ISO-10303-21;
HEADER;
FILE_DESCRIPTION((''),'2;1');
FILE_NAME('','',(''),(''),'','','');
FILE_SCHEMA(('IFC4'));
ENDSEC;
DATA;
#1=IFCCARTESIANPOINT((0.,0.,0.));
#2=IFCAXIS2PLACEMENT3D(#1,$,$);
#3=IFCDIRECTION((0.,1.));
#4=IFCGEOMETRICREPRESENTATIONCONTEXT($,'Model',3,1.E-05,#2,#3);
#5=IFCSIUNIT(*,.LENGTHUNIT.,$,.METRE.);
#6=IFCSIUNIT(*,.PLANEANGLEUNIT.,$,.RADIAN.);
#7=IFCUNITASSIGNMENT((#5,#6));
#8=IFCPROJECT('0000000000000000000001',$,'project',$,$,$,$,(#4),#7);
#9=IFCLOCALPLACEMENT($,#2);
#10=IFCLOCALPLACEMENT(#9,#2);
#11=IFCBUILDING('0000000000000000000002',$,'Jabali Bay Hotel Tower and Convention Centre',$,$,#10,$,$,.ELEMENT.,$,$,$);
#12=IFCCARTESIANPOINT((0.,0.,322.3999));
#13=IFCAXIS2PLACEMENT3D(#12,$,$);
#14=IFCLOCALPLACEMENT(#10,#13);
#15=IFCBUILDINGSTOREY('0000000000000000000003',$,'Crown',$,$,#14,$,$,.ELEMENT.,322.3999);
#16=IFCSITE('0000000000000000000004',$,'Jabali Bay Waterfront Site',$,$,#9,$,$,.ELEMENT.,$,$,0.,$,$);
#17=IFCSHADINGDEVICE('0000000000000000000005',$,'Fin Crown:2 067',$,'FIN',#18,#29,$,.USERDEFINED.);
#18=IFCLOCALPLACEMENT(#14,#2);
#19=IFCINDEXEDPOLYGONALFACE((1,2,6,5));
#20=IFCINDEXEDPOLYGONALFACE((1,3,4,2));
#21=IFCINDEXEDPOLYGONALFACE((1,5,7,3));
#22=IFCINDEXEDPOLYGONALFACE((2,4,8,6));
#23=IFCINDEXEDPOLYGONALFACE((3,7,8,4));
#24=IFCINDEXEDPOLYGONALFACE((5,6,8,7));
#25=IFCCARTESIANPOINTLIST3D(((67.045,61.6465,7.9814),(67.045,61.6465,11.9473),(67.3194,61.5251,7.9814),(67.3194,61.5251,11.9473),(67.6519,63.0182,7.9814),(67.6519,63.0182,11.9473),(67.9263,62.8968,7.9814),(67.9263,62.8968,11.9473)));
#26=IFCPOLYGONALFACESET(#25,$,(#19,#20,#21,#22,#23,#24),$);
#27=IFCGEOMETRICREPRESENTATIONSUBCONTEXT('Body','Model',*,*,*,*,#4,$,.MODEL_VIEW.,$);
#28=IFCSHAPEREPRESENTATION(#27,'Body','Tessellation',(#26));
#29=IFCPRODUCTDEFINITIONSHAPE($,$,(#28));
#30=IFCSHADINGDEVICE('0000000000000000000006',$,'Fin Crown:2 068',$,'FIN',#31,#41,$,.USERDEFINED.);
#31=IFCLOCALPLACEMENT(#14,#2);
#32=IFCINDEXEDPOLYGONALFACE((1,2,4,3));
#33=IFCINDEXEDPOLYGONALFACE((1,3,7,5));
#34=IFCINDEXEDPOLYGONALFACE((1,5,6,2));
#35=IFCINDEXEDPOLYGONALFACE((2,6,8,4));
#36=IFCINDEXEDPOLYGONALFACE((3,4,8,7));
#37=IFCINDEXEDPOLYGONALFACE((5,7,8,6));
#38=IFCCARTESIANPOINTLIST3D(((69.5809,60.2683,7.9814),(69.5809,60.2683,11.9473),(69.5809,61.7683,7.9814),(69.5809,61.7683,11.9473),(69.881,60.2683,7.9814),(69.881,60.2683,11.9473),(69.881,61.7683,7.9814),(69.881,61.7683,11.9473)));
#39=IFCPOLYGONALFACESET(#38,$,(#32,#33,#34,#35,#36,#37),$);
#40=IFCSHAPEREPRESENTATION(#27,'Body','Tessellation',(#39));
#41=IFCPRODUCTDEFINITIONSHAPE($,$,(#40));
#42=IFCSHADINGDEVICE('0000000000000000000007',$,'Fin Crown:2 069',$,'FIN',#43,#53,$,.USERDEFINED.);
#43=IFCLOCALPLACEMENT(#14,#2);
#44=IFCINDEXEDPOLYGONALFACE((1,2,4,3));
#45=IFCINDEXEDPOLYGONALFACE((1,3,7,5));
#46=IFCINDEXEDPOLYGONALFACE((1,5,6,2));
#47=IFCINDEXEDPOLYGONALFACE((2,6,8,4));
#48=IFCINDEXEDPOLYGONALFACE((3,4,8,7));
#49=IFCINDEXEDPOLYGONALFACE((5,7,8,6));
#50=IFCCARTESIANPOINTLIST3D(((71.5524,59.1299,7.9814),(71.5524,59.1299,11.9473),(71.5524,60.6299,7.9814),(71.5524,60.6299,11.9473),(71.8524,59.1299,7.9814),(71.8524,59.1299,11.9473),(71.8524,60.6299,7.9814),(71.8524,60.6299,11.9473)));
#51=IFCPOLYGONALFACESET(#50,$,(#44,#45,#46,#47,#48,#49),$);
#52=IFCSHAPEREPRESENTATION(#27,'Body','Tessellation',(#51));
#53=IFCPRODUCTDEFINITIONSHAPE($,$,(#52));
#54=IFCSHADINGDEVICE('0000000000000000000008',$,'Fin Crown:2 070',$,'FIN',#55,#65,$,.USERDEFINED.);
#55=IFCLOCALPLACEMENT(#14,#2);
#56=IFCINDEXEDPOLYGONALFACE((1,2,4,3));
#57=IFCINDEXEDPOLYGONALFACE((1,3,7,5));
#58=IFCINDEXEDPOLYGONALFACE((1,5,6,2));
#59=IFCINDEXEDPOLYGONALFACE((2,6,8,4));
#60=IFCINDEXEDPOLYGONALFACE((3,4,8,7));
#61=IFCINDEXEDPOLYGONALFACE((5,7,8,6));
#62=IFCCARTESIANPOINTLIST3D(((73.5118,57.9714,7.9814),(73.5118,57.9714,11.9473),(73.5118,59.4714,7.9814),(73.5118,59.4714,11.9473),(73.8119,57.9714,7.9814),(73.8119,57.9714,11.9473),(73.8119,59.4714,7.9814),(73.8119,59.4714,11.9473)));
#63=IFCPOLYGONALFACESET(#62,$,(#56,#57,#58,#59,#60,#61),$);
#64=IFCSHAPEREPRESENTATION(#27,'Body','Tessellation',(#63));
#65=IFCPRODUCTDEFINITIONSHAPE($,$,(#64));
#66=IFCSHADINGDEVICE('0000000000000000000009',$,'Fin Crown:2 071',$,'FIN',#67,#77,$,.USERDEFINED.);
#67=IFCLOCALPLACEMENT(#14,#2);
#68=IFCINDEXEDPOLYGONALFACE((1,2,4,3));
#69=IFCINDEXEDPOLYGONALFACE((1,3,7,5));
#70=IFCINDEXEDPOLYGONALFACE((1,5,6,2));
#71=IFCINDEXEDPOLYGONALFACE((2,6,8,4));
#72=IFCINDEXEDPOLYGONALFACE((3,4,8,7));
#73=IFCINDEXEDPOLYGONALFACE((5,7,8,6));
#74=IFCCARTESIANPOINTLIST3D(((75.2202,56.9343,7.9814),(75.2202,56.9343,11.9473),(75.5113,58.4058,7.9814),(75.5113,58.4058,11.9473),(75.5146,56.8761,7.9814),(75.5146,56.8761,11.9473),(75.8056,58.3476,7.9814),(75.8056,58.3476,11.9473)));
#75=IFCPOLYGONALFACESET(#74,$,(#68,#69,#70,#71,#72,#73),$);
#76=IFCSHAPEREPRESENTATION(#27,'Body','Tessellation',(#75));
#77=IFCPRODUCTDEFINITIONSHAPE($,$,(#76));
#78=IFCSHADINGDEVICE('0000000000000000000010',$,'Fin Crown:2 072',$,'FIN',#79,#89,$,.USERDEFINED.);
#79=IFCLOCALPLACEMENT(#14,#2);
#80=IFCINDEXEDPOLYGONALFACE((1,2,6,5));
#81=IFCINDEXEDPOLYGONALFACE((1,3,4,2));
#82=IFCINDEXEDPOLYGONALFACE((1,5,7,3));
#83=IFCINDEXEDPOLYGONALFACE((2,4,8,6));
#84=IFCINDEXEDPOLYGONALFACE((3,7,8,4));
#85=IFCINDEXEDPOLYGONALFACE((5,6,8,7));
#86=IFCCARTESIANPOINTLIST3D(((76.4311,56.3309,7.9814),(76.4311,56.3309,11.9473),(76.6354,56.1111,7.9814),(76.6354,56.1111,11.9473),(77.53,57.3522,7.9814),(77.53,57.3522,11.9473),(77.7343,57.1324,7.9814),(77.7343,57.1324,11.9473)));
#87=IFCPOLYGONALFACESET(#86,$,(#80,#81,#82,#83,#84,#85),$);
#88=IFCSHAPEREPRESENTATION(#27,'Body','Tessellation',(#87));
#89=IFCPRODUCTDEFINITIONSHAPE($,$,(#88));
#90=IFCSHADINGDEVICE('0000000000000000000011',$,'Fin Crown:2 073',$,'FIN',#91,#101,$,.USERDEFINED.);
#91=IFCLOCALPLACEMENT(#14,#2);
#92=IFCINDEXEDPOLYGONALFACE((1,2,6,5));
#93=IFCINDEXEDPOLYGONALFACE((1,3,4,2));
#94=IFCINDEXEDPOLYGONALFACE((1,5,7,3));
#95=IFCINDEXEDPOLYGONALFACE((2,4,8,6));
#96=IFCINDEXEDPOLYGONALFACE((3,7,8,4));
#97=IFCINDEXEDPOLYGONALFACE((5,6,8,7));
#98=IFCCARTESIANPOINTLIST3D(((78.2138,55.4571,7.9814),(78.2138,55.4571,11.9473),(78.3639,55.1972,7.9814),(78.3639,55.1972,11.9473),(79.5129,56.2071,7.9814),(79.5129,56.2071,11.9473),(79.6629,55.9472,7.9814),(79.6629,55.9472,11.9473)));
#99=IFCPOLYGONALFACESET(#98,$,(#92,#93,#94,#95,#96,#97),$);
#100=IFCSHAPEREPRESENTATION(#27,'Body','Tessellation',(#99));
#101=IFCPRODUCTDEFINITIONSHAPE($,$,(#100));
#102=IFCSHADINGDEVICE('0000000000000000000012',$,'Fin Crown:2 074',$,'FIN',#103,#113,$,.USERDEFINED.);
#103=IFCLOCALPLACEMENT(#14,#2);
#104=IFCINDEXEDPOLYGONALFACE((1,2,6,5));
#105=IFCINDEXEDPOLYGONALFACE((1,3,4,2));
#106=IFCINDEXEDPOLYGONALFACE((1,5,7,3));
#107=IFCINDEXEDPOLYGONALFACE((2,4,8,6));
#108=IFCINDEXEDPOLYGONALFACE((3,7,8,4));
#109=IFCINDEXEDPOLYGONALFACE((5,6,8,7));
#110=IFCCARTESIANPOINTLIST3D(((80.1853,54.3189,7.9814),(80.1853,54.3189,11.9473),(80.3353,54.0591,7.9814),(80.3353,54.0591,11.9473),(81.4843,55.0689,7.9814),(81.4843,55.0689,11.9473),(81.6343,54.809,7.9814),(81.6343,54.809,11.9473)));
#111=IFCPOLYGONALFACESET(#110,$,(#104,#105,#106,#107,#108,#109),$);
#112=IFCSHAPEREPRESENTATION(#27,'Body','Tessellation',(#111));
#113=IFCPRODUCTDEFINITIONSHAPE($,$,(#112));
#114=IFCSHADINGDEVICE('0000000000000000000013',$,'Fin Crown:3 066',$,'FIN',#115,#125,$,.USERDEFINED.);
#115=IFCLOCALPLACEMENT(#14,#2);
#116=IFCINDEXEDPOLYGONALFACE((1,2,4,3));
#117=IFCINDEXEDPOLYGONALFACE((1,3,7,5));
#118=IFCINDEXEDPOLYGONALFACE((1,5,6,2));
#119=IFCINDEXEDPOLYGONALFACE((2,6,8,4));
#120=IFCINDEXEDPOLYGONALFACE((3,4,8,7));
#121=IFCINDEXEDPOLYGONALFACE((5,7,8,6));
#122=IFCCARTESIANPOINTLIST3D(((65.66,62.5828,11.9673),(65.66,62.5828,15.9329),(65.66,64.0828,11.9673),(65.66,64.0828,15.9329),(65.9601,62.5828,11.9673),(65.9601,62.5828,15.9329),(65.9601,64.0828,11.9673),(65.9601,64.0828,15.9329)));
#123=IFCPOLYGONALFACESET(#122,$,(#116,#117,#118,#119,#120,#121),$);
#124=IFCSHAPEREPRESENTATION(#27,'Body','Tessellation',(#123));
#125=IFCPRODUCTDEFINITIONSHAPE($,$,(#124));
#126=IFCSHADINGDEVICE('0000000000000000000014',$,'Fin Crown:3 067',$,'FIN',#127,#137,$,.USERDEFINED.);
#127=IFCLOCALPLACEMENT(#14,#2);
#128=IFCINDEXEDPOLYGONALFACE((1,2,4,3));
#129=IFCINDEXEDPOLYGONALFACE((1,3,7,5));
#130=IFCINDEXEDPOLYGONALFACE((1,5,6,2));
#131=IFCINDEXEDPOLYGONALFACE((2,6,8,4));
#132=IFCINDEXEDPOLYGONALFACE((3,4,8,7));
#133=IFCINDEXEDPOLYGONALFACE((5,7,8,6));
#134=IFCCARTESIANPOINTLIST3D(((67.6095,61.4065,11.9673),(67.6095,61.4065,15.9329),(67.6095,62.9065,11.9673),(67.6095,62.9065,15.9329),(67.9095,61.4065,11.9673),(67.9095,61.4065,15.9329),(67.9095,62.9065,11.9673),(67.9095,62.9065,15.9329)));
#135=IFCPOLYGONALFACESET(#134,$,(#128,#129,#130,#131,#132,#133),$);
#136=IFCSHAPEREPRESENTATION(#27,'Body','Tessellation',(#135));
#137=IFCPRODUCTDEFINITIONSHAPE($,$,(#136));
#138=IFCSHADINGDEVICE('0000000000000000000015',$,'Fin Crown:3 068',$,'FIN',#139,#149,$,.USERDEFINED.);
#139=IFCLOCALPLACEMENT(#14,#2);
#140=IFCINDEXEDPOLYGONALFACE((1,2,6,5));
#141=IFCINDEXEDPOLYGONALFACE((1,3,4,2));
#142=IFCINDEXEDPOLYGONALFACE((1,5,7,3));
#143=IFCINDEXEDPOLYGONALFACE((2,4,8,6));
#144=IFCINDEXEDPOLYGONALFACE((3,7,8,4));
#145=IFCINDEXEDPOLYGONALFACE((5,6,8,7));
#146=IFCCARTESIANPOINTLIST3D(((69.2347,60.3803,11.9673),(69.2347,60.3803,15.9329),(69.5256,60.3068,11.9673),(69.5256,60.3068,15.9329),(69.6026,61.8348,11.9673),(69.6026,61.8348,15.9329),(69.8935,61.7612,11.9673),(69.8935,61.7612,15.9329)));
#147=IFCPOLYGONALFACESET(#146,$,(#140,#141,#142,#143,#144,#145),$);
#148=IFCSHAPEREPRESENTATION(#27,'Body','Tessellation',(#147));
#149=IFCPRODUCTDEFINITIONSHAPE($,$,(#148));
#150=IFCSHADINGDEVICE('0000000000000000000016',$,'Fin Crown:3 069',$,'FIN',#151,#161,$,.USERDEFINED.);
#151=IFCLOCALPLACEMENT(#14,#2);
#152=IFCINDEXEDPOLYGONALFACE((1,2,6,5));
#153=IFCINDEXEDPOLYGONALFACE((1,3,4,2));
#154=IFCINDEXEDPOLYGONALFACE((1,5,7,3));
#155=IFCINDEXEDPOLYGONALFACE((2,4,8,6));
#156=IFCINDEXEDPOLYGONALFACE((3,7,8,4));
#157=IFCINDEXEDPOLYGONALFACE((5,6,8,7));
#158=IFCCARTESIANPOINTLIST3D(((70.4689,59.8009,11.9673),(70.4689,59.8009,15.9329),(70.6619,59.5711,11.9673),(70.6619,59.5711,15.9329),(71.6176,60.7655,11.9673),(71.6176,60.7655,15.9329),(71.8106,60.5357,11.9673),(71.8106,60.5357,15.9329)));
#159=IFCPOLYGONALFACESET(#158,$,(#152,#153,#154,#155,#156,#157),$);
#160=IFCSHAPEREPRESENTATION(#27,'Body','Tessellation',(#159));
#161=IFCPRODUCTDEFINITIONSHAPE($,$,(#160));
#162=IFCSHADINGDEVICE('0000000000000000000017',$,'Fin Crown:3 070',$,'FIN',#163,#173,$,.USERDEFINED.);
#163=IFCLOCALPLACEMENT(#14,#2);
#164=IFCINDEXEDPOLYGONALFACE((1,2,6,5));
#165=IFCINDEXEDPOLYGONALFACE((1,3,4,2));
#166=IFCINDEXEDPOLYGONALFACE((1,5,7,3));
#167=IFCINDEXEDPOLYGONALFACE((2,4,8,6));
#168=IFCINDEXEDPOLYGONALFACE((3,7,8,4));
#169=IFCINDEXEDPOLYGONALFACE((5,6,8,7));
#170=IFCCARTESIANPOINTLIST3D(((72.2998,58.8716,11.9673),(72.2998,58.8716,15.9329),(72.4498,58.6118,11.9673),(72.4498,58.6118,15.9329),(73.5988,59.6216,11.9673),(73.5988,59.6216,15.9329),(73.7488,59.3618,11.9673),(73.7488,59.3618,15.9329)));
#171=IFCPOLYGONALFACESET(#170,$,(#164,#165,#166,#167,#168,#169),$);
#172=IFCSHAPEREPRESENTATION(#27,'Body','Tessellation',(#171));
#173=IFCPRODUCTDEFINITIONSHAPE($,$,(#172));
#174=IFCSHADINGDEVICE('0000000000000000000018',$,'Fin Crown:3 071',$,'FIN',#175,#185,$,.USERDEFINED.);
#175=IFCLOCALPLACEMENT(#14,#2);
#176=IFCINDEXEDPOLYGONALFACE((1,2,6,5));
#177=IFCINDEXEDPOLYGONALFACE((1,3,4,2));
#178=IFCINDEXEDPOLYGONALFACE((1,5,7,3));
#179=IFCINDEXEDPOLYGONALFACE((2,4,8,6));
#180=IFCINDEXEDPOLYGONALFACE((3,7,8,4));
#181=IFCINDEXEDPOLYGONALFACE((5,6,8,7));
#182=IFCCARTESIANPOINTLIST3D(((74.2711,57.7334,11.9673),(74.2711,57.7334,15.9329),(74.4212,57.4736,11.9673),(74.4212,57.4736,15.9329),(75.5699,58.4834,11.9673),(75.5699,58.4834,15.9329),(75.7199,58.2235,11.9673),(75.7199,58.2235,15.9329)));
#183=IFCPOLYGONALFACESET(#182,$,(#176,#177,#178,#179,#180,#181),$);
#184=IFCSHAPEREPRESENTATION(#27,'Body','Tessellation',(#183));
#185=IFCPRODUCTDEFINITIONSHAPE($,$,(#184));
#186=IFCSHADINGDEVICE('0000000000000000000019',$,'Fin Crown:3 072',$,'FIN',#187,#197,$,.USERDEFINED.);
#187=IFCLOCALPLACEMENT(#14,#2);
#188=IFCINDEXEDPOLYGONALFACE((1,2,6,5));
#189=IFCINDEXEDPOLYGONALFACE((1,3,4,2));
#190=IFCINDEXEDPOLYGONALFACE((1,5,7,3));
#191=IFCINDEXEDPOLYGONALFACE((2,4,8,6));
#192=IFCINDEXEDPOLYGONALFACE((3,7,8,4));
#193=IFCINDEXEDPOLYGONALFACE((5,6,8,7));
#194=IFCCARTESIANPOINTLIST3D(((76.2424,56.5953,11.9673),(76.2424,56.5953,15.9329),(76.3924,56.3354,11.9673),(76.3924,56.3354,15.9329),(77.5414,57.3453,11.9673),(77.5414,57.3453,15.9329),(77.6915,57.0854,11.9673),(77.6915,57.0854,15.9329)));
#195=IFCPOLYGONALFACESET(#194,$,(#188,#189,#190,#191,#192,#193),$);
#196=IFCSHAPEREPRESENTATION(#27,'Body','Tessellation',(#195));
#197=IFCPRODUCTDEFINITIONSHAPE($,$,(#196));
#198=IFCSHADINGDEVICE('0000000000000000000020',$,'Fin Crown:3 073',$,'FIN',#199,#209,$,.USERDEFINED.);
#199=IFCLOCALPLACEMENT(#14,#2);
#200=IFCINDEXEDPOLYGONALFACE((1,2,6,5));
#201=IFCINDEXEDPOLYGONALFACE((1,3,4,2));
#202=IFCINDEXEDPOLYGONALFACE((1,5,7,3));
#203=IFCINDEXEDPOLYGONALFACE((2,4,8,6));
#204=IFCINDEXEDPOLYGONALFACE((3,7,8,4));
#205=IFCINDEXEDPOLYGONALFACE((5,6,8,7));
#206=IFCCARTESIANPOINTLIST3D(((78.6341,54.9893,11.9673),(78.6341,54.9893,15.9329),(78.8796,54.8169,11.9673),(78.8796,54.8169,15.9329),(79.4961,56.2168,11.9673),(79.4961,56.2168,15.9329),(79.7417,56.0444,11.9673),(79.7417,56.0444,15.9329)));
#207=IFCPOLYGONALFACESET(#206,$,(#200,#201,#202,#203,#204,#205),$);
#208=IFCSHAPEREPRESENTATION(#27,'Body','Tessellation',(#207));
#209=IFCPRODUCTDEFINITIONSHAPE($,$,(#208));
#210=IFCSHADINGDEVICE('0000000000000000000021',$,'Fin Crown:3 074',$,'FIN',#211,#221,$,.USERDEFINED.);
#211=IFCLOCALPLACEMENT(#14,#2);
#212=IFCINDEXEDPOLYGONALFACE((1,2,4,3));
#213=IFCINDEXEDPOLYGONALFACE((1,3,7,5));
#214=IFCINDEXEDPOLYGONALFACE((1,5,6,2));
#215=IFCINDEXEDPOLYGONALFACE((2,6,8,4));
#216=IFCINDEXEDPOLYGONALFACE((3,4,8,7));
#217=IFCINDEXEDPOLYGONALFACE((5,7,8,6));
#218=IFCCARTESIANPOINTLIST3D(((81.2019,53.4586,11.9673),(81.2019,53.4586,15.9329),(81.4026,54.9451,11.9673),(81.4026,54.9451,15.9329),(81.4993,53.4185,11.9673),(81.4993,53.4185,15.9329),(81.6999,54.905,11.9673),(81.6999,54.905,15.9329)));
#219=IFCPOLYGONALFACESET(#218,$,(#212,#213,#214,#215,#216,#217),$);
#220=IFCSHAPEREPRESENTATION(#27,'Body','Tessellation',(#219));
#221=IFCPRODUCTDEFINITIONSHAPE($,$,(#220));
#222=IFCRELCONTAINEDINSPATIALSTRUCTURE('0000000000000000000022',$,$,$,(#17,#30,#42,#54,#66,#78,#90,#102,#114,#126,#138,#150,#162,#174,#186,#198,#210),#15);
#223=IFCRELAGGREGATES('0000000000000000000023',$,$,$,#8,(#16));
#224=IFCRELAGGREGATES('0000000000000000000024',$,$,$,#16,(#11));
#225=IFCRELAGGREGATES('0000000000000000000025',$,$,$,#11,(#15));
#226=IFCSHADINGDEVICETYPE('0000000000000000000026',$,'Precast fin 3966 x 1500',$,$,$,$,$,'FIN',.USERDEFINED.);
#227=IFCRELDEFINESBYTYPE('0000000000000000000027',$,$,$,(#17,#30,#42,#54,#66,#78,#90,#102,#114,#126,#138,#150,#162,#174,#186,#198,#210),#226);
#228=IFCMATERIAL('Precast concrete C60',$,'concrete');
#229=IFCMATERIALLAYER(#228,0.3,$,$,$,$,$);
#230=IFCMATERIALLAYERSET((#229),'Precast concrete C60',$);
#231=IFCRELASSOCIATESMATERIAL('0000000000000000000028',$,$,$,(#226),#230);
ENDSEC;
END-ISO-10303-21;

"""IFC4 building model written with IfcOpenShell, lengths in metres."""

from ifc_helpers import new_model, si_unit, direction, frame, frame_2d, origin, place, context, subcontext, project, spatial, rectangle, extrude, material, layer, layer_set, type_object, element, save


model = new_model("IFC4")

# Units and contexts
model_context = context("Model", 3, precision=1e-05, world=origin(), true_north=direction((0.0, 1.0)))
body_context = subcontext(model_context, "Body", "Model", "MODEL_VIEW")
ifc_project = project(units=[si_unit("LENGTHUNIT", "METRE"), si_unit("PLANEANGLEUNIT", "RADIAN")], contexts=[model_context])

# Site, building, storey
site_placement = place(None, origin())
site = spatial("IfcSite", under=ifc_project, at=site_placement, Name="Jabali Bay Waterfront Site", CompositionType="ELEMENT", RefElevation=0.0)
building_placement = place(site_placement, origin())
building = spatial("IfcBuilding", under=site, at=building_placement, Name="Jabali Bay Hotel Tower and Convention Centre", CompositionType="ELEMENT")
storey_placement = place(building_placement, frame((0.0, 0.0, 322.3999)))
storey = spatial("IfcBuildingStorey", under=building, at=storey_placement, Name="Crown", CompositionType="ELEMENT", Elevation=322.3999)

# Shading devices
ifc_material_1 = material(Name="Precast concrete C60", Category="concrete")
ifc_layer = layer(ifc_material_1, 0.3)
ifc_layer_set = layer_set([ifc_layer], Name="Precast concrete C60")
shading_device_type = type_object("IfcShadingDeviceType", Name="Precast fin 3966 x 1500", ElementType="FIN", PredefinedType="USERDEFINED", material=ifc_layer_set)
for number, where, z_axis, x_axis, name in (
    (1, (67.7891, 62.9575, 7.9814), (0.0, 0.0, 1.0), (-0.404598, -0.914495, 0.0), "Fin Crown:2 067"),
    (2, (69.731, 61.7683, 7.9814), (0.0, 0.0, 1.0), (0.0, -1.0, 0.0), "Fin Crown:2 068"),
    (3, (71.7024, 60.6299, 7.9814), (0.0, 0.0, 1.0), (0.0, -1.0, 0.0), "Fin Crown:2 069"),
    (4, (73.6619, 59.4714, 7.9814), (0.0, 0.0, 1.0), (0.0, -1.0, 0.0), "Fin Crown:2 070"),
    (5, (75.6584, 58.3767, 7.9814), (0.0, 0.0, 1.0), (-0.194018, -0.980998, 0.0), "Fin Crown:2 071"),
):
    element("IfcShadingDevice", number, at=place(storey_placement, frame(where, z_axis=z_axis, x_axis=x_axis)), inside=storey, type_object=shading_device_type, Name=name, ObjectType="FIN", PredefinedType="USERDEFINED", context=body_context, shape_type="SweptSolid", body=[
        extrude(rectangle(XDim=1.5, YDim=0.3, at=frame_2d((0.75, 0.0))), origin(), (0.0, 0.0, 1.0), 3.9658),
    ])
shading_device_1_placement = place(storey_placement, frame((77.6321, 57.2422, 7.9814), z_axis=(0.0, 0.0, 1.0), x_axis=(-0.732509, -0.680757, 0.0)))
element("IfcShadingDevice", 6, at=shading_device_1_placement, inside=storey, type_object=shading_device_type, Name="Fin Crown:2 072", ObjectType="FIN", PredefinedType="USERDEFINED", context=body_context, shape_type="SweptSolid", body=[
    extrude(rectangle(XDim=1.5002, YDim=0.3, at=frame_2d((0.75, 0.0))), origin(), (0.0, 0.0, 1.0), 3.9658),
])
for number, where, z_axis, x_axis, name in (
    (7, (79.5879, 56.0771, 7.9814), (0.0, 0.0, 1.0), (-0.866031, -0.49999, 0.0), "Fin Crown:2 073"),
    (8, (81.5593, 54.939, 7.9814), (0.0, 0.0, 1.0), (-0.866031, -0.49999, 0.0), "Fin Crown:2 074"),
):
    element("IfcShadingDevice", number, at=place(storey_placement, frame(where, z_axis=z_axis, x_axis=x_axis)), inside=storey, type_object=shading_device_type, Name=name, ObjectType="FIN", PredefinedType="USERDEFINED", context=body_context, shape_type="SweptSolid", body=[
        extrude(rectangle(XDim=1.5, YDim=0.3, at=frame_2d((0.75, 0.0))), origin(), (0.0, 0.0, 1.0), 3.9658),
    ])
for number, where, z_axis, x_axis, name in (
    (9, (65.8101, 64.0828, 11.9673), (0.0, 0.0, 1.0), (0.0, -1.0, 0.0), "Fin Crown:3 066"),
    (10, (67.7595, 62.9065, 11.9673), (0.0, 0.0, 1.0), (0.0, -1.0, 0.0), "Fin Crown:3 067"),
):
    element("IfcShadingDevice", number, at=place(storey_placement, frame(where, z_axis=z_axis, x_axis=x_axis)), inside=storey, type_object=shading_device_type, Name=name, ObjectType="FIN", PredefinedType="USERDEFINED", context=body_context, shape_type="SweptSolid", body=[
        extrude(rectangle(XDim=1.5, YDim=0.3, at=frame_2d((0.75, 0.0))), origin(), (0.0, 0.0, 1.0), 3.9656),
    ])
shading_device_2_placement = place(storey_placement, frame((69.748, 61.7979, 11.9673), z_axis=(0.0, 0.0, 1.0), x_axis=(-0.245253, -0.969459, 0.0)))
element("IfcShadingDevice", 11, at=shading_device_2_placement, inside=storey, type_object=shading_device_type, Name="Fin Crown:3 068", ObjectType="FIN", PredefinedType="USERDEFINED", context=body_context, shape_type="SweptSolid", body=[
    extrude(rectangle(XDim=1.5002, YDim=0.3, at=frame_2d((0.75, 0.0))), origin(), (0.0, 0.0, 1.0), 3.9656),
])
for number, where, z_axis, x_axis, name in (
    (12, (71.7141, 60.6506, 11.9673), (0.0, 0.0, 1.0), (-0.765801, -0.643078, 0.0), "Fin Crown:3 069"),
    (13, (73.6738, 59.4917, 11.9673), (0.0, 0.0, 1.0), (-0.866031, -0.49999, 0.0), "Fin Crown:3 070"),
):
    element("IfcShadingDevice", number, at=place(storey_placement, frame(where, z_axis=z_axis, x_axis=x_axis)), inside=storey, type_object=shading_device_type, Name=name, ObjectType="FIN", PredefinedType="USERDEFINED", context=body_context, shape_type="SweptSolid", body=[
        extrude(rectangle(XDim=1.5, YDim=0.3, at=frame_2d((0.75, 0.0))), origin(), (0.0, 0.0, 1.0), 3.9656),
    ])
shading_device_3_placement = place(storey_placement, frame((75.645, 58.3535, 11.9673), z_axis=(0.0, 0.0, 1.0), x_axis=(-0.86599, -0.500061, 0.0)))
element("IfcShadingDevice", 14, at=shading_device_3_placement, inside=storey, type_object=shading_device_type, Name="Fin Crown:3 071", ObjectType="FIN", PredefinedType="USERDEFINED", context=body_context, shape_type="SweptSolid", body=[
    extrude(rectangle(XDim=1.4998, YDim=0.3, at=frame_2d((0.75, 0.0))), origin(), (0.0, 0.0, 1.0), 3.9656),
])
for number, where, z_axis, x_axis, name in (
    (15, (77.6165, 57.2153, 11.9673), (0.0, 0.0, 1.0), (-0.866031, -0.49999, 0.0), "Fin Crown:3 072"),
    (16, (79.6189, 56.1306, 11.9673), (0.0, 0.0, 1.0), (-0.574707, -0.818359, 0.0), "Fin Crown:3 073"),
    (17, (81.5513, 54.925, 11.9673), (0.0, 0.0, 1.0), (-0.133784, -0.991011, 0.0), "Fin Crown:3 074"),
):
    element("IfcShadingDevice", number, at=place(storey_placement, frame(where, z_axis=z_axis, x_axis=x_axis)), inside=storey, type_object=shading_device_type, Name=name, ObjectType="FIN", PredefinedType="USERDEFINED", context=body_context, shape_type="SweptSolid", body=[
        extrude(rectangle(XDim=1.5, YDim=0.3, at=frame_2d((0.75, 0.0))), origin(), (0.0, 0.0, 1.0), 3.9656),
    ])

save(model, "model.ifc")
